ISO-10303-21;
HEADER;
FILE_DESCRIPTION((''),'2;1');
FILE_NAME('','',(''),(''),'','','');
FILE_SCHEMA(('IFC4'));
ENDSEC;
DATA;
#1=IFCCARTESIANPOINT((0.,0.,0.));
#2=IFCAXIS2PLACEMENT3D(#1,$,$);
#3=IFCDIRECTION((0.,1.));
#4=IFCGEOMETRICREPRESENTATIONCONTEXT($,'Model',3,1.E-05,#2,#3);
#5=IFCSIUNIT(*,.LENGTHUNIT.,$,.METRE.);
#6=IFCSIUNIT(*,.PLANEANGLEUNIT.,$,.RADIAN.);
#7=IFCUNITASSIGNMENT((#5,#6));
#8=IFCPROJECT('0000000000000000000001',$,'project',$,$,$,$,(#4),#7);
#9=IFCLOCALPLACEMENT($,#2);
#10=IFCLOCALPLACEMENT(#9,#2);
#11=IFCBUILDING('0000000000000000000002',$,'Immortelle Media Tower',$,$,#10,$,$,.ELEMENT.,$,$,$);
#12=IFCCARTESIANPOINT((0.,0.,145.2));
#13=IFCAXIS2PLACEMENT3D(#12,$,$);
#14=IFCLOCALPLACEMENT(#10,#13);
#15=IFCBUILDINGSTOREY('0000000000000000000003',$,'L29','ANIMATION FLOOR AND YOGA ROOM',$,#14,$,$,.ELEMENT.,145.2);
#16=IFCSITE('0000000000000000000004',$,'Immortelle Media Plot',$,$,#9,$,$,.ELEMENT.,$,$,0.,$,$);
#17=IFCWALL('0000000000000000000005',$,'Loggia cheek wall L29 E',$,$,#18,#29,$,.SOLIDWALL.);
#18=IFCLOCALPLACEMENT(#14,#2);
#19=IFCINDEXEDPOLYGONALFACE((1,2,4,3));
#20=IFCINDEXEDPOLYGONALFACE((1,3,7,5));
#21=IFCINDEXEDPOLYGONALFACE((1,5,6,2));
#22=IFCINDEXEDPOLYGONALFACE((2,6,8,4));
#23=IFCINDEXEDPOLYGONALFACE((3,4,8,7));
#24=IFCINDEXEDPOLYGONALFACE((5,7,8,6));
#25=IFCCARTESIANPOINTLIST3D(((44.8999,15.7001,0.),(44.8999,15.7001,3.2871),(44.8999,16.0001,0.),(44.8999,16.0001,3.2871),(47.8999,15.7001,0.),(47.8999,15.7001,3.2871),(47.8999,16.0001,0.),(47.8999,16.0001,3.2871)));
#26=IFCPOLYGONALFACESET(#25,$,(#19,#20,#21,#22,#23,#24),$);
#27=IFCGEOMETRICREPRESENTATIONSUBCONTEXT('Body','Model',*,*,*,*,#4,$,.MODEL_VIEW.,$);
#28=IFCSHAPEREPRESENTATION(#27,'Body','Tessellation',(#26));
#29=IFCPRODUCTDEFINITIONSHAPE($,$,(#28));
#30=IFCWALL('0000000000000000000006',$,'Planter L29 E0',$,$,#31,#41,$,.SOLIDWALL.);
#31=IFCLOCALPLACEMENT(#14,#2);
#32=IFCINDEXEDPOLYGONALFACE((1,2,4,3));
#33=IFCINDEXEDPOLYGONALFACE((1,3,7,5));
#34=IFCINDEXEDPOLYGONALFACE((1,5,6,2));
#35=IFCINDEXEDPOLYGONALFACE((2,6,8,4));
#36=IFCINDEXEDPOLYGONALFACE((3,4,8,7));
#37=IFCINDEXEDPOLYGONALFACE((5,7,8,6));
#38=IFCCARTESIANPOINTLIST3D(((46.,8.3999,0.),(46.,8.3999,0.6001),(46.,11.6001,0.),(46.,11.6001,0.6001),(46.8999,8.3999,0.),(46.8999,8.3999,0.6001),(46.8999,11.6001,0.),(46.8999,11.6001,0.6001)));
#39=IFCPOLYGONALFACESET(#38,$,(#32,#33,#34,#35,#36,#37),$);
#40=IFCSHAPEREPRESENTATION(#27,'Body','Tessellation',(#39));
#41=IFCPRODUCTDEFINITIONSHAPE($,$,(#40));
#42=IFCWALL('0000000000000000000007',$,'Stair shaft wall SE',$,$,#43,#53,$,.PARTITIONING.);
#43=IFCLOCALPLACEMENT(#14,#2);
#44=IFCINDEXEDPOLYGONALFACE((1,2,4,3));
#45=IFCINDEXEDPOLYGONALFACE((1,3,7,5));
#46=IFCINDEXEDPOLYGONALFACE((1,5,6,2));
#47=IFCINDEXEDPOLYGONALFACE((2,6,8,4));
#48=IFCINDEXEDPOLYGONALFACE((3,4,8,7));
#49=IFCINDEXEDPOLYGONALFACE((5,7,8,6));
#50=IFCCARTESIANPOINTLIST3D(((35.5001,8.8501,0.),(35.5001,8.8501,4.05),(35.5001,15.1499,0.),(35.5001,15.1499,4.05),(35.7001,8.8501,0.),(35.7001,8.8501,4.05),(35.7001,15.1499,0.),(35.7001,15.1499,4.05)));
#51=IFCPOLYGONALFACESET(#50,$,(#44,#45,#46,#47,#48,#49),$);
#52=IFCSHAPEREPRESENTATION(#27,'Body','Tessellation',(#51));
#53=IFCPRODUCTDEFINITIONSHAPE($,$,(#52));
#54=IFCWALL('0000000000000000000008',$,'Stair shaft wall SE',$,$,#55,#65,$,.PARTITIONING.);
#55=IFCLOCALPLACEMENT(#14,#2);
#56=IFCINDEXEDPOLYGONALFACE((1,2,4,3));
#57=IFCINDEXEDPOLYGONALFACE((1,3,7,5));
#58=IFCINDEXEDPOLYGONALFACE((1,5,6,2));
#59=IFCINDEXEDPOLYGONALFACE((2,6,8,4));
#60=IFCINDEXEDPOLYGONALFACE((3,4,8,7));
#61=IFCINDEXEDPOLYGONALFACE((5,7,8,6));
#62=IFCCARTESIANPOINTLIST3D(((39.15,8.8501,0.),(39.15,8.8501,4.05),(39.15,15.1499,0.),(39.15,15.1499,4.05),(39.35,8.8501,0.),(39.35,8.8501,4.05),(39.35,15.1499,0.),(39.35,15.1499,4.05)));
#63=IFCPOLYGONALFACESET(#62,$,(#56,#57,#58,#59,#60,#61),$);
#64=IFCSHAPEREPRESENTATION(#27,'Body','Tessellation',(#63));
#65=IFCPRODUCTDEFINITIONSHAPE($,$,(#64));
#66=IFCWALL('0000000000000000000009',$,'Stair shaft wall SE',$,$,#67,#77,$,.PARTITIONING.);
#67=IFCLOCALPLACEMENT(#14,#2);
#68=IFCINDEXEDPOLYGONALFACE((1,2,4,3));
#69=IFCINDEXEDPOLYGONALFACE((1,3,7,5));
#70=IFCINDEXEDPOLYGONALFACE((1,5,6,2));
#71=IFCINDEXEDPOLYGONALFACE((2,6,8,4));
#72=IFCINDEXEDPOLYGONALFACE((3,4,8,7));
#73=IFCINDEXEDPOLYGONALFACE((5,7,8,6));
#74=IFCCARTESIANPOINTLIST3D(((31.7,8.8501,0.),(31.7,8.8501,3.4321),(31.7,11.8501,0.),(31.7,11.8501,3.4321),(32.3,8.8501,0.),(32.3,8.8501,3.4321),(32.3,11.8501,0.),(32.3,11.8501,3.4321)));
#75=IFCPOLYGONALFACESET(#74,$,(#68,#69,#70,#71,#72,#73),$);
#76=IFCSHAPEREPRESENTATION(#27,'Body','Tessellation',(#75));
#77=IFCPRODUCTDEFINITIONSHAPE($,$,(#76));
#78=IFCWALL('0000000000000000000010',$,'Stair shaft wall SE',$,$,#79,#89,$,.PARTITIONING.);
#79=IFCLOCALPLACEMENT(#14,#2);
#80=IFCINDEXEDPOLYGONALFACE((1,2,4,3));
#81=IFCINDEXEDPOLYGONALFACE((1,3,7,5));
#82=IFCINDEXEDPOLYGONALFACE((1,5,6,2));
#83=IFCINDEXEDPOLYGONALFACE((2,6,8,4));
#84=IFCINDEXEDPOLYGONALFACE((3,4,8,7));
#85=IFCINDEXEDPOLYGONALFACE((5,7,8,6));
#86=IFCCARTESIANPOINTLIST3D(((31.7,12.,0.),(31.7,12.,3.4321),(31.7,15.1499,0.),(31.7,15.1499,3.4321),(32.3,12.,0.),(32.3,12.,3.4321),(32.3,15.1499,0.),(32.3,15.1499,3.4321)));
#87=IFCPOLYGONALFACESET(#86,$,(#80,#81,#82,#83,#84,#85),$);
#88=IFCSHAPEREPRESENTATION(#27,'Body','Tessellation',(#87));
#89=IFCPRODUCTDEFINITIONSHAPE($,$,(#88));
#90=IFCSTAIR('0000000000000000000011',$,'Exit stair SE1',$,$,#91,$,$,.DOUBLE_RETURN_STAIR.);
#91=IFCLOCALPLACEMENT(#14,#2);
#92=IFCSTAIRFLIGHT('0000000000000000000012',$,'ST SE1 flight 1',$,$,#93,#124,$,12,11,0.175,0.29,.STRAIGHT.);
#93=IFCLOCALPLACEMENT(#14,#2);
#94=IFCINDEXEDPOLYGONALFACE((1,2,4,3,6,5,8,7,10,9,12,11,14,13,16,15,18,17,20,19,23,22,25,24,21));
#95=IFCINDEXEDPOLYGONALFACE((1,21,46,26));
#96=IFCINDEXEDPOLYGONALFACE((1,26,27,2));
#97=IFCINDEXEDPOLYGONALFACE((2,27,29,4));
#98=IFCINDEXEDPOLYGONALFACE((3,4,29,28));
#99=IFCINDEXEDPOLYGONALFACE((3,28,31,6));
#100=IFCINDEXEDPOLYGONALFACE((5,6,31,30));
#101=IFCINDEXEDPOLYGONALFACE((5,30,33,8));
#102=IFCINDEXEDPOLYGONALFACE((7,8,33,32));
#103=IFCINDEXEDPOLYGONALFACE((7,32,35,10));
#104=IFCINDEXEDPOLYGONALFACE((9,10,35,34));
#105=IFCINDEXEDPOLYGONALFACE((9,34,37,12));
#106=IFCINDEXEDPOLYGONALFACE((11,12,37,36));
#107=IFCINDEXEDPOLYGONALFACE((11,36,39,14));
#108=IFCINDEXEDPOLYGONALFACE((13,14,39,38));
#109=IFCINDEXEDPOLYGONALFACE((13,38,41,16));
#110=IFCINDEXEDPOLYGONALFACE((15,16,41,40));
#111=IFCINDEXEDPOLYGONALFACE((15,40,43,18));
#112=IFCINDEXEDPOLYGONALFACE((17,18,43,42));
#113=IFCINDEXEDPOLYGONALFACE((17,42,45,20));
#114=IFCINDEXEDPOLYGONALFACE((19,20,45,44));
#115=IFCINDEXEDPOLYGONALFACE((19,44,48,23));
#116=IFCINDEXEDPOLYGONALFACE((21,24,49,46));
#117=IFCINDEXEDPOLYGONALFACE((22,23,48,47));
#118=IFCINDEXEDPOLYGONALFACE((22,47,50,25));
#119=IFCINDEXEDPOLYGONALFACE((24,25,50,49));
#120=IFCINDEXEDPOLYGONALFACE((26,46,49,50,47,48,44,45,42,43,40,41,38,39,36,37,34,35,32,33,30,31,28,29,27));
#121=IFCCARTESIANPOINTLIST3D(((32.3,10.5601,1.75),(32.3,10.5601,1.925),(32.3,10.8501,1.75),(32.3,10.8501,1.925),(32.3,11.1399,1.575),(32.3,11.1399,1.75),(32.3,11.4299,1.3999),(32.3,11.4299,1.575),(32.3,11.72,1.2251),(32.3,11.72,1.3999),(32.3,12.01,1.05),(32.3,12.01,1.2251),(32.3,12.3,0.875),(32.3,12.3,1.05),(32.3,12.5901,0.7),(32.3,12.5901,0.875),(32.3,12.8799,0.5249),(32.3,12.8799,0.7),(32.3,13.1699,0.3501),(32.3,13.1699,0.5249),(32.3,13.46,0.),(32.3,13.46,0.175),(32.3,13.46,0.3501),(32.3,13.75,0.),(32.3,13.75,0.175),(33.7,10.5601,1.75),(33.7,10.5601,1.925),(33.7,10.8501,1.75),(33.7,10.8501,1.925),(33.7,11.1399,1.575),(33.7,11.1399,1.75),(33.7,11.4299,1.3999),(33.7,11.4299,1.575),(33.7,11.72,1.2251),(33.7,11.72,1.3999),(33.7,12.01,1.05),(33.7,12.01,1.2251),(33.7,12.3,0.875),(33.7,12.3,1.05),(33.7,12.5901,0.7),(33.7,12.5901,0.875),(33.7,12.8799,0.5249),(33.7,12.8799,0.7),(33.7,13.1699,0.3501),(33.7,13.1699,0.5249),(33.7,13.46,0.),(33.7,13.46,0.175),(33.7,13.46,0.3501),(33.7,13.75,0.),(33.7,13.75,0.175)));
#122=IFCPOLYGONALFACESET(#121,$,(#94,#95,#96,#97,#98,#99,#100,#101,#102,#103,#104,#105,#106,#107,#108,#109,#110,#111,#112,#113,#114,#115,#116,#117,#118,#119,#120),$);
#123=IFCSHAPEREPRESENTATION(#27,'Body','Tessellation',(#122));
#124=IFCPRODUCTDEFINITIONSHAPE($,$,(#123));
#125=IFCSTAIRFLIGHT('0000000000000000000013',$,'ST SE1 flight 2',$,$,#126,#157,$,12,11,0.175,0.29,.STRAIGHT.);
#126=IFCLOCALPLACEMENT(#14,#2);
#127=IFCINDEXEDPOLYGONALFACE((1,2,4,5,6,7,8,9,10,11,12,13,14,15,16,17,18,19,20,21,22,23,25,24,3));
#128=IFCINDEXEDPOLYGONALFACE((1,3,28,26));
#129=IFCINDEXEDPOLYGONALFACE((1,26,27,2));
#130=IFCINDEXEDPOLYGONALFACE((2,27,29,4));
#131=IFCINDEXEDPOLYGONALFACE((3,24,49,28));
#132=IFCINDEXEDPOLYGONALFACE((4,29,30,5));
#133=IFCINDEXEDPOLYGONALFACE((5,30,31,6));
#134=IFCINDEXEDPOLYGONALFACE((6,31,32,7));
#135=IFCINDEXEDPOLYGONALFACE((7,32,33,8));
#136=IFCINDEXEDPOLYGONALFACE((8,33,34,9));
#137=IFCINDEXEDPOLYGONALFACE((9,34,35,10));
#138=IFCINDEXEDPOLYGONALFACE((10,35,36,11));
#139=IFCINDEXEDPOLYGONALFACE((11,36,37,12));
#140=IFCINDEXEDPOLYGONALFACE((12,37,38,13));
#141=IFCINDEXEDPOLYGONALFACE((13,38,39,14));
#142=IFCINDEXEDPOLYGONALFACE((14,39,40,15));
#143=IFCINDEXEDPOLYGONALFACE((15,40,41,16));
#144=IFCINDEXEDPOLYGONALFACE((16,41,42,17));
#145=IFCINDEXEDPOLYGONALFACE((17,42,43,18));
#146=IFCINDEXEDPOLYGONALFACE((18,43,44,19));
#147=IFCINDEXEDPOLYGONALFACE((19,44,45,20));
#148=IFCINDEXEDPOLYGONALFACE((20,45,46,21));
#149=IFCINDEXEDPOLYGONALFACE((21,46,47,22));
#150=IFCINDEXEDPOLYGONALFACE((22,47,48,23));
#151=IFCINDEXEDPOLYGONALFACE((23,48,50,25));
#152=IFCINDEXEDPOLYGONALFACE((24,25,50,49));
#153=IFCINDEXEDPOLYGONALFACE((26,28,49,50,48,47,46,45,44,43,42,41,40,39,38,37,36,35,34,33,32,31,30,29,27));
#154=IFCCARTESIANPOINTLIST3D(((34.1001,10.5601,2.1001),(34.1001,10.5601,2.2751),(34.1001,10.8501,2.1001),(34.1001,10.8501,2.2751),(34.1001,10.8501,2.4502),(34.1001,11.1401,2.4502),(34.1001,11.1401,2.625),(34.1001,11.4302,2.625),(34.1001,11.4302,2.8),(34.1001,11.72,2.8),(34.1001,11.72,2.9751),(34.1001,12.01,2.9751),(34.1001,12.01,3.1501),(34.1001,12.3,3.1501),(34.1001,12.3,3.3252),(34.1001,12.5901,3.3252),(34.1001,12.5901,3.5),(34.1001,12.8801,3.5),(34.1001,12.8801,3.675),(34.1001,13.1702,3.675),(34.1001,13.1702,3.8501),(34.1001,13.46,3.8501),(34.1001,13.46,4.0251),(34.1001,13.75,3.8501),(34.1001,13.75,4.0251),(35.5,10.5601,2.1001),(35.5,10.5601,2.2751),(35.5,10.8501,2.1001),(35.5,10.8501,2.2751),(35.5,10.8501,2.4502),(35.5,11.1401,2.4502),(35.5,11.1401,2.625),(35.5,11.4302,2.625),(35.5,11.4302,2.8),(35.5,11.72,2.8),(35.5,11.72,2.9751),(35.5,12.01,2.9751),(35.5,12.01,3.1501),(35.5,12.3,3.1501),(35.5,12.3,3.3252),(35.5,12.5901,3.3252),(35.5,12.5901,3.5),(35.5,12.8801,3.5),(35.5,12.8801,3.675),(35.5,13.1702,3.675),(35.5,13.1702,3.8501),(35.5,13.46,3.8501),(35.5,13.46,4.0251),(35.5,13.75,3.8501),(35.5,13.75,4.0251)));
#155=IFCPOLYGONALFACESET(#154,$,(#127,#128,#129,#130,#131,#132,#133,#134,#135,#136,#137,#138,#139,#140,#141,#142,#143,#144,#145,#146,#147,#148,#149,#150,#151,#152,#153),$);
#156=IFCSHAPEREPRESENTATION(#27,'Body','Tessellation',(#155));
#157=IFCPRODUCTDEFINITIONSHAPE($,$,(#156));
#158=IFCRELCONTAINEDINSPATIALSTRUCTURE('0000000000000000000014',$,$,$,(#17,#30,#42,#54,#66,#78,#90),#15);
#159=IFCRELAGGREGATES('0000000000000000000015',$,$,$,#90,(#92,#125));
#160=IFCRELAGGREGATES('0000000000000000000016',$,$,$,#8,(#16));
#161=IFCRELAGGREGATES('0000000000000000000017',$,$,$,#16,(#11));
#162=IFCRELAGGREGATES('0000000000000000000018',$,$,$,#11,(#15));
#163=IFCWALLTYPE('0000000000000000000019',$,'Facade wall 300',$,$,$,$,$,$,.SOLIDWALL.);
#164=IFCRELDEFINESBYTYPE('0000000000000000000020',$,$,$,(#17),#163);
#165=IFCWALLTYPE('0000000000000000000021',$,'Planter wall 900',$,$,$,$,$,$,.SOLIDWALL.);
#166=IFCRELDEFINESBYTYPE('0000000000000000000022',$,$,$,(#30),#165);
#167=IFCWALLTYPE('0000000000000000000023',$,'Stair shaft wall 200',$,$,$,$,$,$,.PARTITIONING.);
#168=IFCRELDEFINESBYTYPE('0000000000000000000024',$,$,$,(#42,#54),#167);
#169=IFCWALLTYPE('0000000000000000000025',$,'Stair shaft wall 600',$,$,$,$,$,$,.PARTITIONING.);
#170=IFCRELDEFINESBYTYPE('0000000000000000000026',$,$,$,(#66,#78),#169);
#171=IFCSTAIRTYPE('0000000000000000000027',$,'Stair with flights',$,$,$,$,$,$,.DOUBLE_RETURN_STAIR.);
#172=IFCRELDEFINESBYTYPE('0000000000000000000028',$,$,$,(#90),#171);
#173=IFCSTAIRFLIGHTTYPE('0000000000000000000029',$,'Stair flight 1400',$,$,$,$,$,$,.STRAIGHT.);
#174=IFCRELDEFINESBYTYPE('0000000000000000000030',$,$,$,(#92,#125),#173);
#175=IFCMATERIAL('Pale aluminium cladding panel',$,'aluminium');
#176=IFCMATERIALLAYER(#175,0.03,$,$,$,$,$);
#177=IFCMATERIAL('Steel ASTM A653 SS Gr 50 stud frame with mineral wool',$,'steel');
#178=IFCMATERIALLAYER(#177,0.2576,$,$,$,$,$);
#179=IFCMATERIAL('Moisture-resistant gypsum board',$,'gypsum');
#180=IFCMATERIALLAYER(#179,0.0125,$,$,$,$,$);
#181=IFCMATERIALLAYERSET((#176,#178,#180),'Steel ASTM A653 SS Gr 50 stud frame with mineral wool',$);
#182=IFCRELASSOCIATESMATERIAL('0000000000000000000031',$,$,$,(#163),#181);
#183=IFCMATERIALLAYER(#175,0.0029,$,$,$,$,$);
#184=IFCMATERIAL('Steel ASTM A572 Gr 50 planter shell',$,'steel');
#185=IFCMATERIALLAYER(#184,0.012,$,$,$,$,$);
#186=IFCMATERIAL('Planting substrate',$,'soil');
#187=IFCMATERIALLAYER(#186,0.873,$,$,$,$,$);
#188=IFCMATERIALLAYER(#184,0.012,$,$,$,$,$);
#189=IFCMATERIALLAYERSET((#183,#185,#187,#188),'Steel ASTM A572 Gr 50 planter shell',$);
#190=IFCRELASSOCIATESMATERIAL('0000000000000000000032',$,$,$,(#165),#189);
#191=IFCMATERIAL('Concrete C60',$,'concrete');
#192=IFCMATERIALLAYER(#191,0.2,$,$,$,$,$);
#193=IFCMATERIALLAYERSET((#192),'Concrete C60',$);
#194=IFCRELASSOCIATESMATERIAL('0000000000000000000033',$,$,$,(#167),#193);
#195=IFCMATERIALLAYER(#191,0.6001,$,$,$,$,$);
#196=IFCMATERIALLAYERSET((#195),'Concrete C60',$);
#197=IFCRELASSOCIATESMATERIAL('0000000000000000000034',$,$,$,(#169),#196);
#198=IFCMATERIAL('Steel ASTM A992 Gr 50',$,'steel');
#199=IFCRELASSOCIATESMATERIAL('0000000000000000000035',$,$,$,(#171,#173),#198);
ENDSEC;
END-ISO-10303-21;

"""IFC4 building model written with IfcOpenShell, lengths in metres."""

from ifc_helpers import new_model, si_unit, direction, frame, frame_2d, origin, place, context, subcontext, project, spatial, polyline, rectangle, outline, extrude, material, layer, layer_set, type_object, element, aggregate, save


model = new_model("IFC4")

# Units and contexts
model_context = context("Model", 3, precision=1e-05, world=origin(), true_north=direction((0.0, 1.0)))
body_context = subcontext(model_context, "Body", "Model", "MODEL_VIEW")
ifc_project = project(units=[si_unit("LENGTHUNIT", "METRE"), si_unit("PLANEANGLEUNIT", "RADIAN")], contexts=[model_context])

# Site, building, storey
site_placement = place(None, origin())
site = spatial("IfcSite", under=ifc_project, at=site_placement, Name="Immortelle Media Plot", CompositionType="ELEMENT", RefElevation=0.0)
building_placement = place(site_placement, origin())
building = spatial("IfcBuilding", under=site, at=building_placement, Name="Immortelle Media Tower", CompositionType="ELEMENT")
storey_placement = place(building_placement, frame((0.0, 0.0, 145.2)))
storey = spatial("IfcBuildingStorey", under=building, at=storey_placement, Name="L29", Description="ANIMATION FLOOR AND YOGA ROOM", CompositionType="ELEMENT", Elevation=145.2)

# Shared definitions
ifc_material_1 = material(Name="Steel ASTM A992 Gr 50", Category="steel")

# Shared definitions
ifc_material_2 = material(Name="Pale aluminium cladding panel", Category="aluminium")
ifc_layer_1 = layer(ifc_material_2, 0.03)
ifc_material_3 = material(Name="Steel ASTM A653 SS Gr 50 stud frame with mineral wool", Category="steel")
ifc_layer_2 = layer(ifc_material_3, 0.2576)
ifc_material_4 = material(Name="Moisture-resistant gypsum board", Category="gypsum")
ifc_layer_3 = layer(ifc_material_4, 0.0125)
ifc_layer_set_1 = layer_set([ifc_layer_1, ifc_layer_2, ifc_layer_3], Name="Steel ASTM A653 SS Gr 50 stud frame with mineral wool")
wall_type_1 = type_object("IfcWallType", Name="Facade wall 300", PredefinedType="SOLIDWALL", material=ifc_layer_set_1)

# Walls
for number, where, z_axis, x_axis, name in (
    (1, (47.8999, 15.8501, 0.0), (0.0, 0.0, 1.0), (-1.0, 0.0, 0.0), "Loggia cheek wall L29 E"),
):
    element("IfcWall", number, at=place(storey_placement, frame(where, z_axis=z_axis, x_axis=x_axis)), inside=storey, type_object=wall_type_1, Name=name, PredefinedType="SOLIDWALL", context=body_context, shape_type="SweptSolid", body=[
        extrude(rectangle(XDim=3.0, YDim=0.3, at=frame_2d((1.5, 0.0))), origin(), (0.0, 0.0, 1.0), 3.2871),
    ])
ifc_layer_4 = layer(ifc_material_2, 0.0029)
ifc_material_5 = material(Name="Steel ASTM A572 Gr 50 planter shell", Category="steel")
ifc_layer_5 = layer(ifc_material_5, 0.012)
ifc_material_6 = material(Name="Planting substrate", Category="soil")
ifc_layer_6 = layer(ifc_material_6, 0.873)
ifc_layer_7 = layer(ifc_material_5, 0.012)
ifc_layer_set_2 = layer_set([ifc_layer_4, ifc_layer_5, ifc_layer_6, ifc_layer_7], Name="Steel ASTM A572 Gr 50 planter shell")
wall_type_2 = type_object("IfcWallType", Name="Planter wall 900", PredefinedType="SOLIDWALL", material=ifc_layer_set_2)
wall_1_placement = place(storey_placement, frame((46.45, 8.3999, 0.0), z_axis=(0.0, 0.0, 1.0), x_axis=(0.0, 1.0, 0.0)))
element("IfcWall", 2, at=wall_1_placement, inside=storey, type_object=wall_type_2, Name="Planter L29 E0", PredefinedType="SOLIDWALL", context=body_context, shape_type="SweptSolid", body=[
    extrude(rectangle(XDim=3.2002, YDim=0.8999, at=frame_2d((1.6001, 0.0))), origin(), (0.0, 0.0, 1.0), 0.6001),
])
ifc_material_7 = material(Name="Concrete C60", Category="concrete")
ifc_layer_8 = layer(ifc_material_7, 0.2)
ifc_layer_set_3 = layer_set([ifc_layer_8], Name="Concrete C60")
wall_type_3 = type_object("IfcWallType", Name="Stair shaft wall 200", PredefinedType="PARTITIONING", material=ifc_layer_set_3)
for number, where, z_axis, x_axis, name in (
    (3, (35.6001, 8.8501, 0.0), (0.0, 0.0, 1.0), (0.0, 1.0, 0.0), "Stair shaft wall SE"),
    (4, (39.25, 8.8501, 0.0), (0.0, 0.0, 1.0), (0.0, 1.0, 0.0), "Stair shaft wall SE"),
):
    element("IfcWall", number, at=place(storey_placement, frame(where, z_axis=z_axis, x_axis=x_axis)), inside=storey, type_object=wall_type_3, Name=name, PredefinedType="PARTITIONING", context=body_context, shape_type="SweptSolid", body=[
        extrude(rectangle(XDim=6.2998, YDim=0.2, at=frame_2d((3.1499, 0.0))), origin(), (0.0, 0.0, 1.0), 4.05),
    ])
ifc_layer_9 = layer(ifc_material_7, 0.6001)
ifc_layer_set_4 = layer_set([ifc_layer_9], Name="Concrete C60")
wall_type_4 = type_object("IfcWallType", Name="Stair shaft wall 600", PredefinedType="PARTITIONING", material=ifc_layer_set_4)
wall_2_placement = place(storey_placement, frame((32.0, 8.8501, 0.0), z_axis=(0.0, 0.0, 1.0), x_axis=(0.0, 1.0, 0.0)))
element("IfcWall", 5, at=wall_2_placement, inside=storey, type_object=wall_type_4, Name="Stair shaft wall SE", PredefinedType="PARTITIONING", context=body_context, shape_type="SweptSolid", body=[
    extrude(rectangle(XDim=3.0, YDim=0.6001, at=frame_2d((1.5, 0.0))), origin(), (0.0, 0.0, 1.0), 3.4321),
])
wall_3_placement = place(storey_placement, frame((32.0, 12.0, 0.0), z_axis=(0.0, 0.0, 1.0), x_axis=(0.0, 1.0, 0.0)))
element("IfcWall", 6, at=wall_3_placement, inside=storey, type_object=wall_type_4, Name="Stair shaft wall SE", PredefinedType="PARTITIONING", context=body_context, shape_type="SweptSolid", body=[
    extrude(rectangle(XDim=3.1499, YDim=0.6001, at=frame_2d((1.575, 0.0))), origin(), (0.0, 0.0, 1.0), 3.4321),
])

# Stair, stair flights
stair_type = type_object("IfcStairType", Name="Stair with flights", PredefinedType="DOUBLE_RETURN_STAIR", material=ifc_material_1)
stair_1_placement = place(storey_placement, origin())
stair_1 = element("IfcStair", 7, at=stair_1_placement, inside=storey, type_object=stair_type, Name="Exit stair SE1", PredefinedType="DOUBLE_RETURN_STAIR")
stair_flight_type = type_object("IfcStairFlightType", Name="Stair flight 1400", PredefinedType="STRAIGHT", material=ifc_material_1)
stair_flight_1_placement = place(storey_placement, frame((33.0, 13.75, 0.0), z_axis=(0.0, 0.0, 1.0), x_axis=(0.0, -1.0, 0.0)))
stair_flight_1 = element("IfcStairFlight", 8, at=stair_flight_1_placement, type_object=stair_flight_type, Name="ST SE1 flight 1", NumberOfRisers=12, NumberOfTreads=11, PredefinedType="STRAIGHT", RiserHeight=0.175, TreadLength=0.29, context=body_context, shape_type="SweptSolid", body=[
    extrude(outline(polyline([(0.0, 0.0), (0.0, 0.175), (0.29, 0.175), (0.29, 0.3501), (0.5801, 0.3501), (0.5801, 0.5249), (0.8701, 0.5249), (0.8701, 0.7), (1.1599, 0.7), (1.1599, 0.875), (1.45, 0.875), (1.45, 1.05), (1.74, 1.05), (1.74, 1.2251), (2.03, 1.2251), (2.03, 1.3999), (2.3201, 1.3999), (2.3201, 1.575), (2.6101, 1.575), (2.6101, 1.75), (2.8999, 1.75), (2.8999, 1.925), (3.1899, 1.925), (3.1899, 2.1001), (3.1899, 1.75), (0.29, 0.0), (0.0, 0.0)])), frame((0.0, 0.7, 0.0), z_axis=(0.0, -1.0, 0.0), x_axis=(1.0, 0.0, 0.0)), (0.0, 0.0, 1.0), 1.3999),
])
stair_flight_2_placement = place(storey_placement, frame((34.8, 10.5601, 2.1001), z_axis=(0.0, 0.0, 1.0), x_axis=(0.0, 1.0, 0.0)))
stair_flight_2 = element("IfcStairFlight", 9, at=stair_flight_2_placement, type_object=stair_flight_type, Name="ST SE1 flight 2", NumberOfRisers=12, NumberOfTreads=11, PredefinedType="STRAIGHT", RiserHeight=0.175, TreadLength=0.29, context=body_context, shape_type="SweptSolid", body=[
    extrude(outline(polyline([(0.0, 0.0), (0.0, 0.175), (0.29, 0.175), (0.29, 0.3501), (0.5801, 0.3501), (0.5801, 0.5249), (0.8701, 0.5249), (0.8701, 0.7), (1.1599, 0.7), (1.1599, 0.875), (1.45, 0.875), (1.45, 1.05), (1.74, 1.05), (1.74, 1.2251), (2.03, 1.2251), (2.03, 1.3999), (2.3201, 1.3999), (2.3201, 1.575), (2.6101, 1.575), (2.6101, 1.75), (2.8999, 1.75), (2.8999, 1.925), (3.1899, 1.925), (3.1899, 2.1001), (3.1899, 1.75), (0.29, 0.0), (0.0, 0.0)])), frame((0.0, 0.7, 0.0), z_axis=(0.0, -1.0, 0.0), x_axis=(1.0, 0.0, 0.0)), (0.0, 0.0, 1.0), 1.3999),
])
aggregate(stair_1, [stair_flight_1, stair_flight_2])

save(model, "model.ifc")
